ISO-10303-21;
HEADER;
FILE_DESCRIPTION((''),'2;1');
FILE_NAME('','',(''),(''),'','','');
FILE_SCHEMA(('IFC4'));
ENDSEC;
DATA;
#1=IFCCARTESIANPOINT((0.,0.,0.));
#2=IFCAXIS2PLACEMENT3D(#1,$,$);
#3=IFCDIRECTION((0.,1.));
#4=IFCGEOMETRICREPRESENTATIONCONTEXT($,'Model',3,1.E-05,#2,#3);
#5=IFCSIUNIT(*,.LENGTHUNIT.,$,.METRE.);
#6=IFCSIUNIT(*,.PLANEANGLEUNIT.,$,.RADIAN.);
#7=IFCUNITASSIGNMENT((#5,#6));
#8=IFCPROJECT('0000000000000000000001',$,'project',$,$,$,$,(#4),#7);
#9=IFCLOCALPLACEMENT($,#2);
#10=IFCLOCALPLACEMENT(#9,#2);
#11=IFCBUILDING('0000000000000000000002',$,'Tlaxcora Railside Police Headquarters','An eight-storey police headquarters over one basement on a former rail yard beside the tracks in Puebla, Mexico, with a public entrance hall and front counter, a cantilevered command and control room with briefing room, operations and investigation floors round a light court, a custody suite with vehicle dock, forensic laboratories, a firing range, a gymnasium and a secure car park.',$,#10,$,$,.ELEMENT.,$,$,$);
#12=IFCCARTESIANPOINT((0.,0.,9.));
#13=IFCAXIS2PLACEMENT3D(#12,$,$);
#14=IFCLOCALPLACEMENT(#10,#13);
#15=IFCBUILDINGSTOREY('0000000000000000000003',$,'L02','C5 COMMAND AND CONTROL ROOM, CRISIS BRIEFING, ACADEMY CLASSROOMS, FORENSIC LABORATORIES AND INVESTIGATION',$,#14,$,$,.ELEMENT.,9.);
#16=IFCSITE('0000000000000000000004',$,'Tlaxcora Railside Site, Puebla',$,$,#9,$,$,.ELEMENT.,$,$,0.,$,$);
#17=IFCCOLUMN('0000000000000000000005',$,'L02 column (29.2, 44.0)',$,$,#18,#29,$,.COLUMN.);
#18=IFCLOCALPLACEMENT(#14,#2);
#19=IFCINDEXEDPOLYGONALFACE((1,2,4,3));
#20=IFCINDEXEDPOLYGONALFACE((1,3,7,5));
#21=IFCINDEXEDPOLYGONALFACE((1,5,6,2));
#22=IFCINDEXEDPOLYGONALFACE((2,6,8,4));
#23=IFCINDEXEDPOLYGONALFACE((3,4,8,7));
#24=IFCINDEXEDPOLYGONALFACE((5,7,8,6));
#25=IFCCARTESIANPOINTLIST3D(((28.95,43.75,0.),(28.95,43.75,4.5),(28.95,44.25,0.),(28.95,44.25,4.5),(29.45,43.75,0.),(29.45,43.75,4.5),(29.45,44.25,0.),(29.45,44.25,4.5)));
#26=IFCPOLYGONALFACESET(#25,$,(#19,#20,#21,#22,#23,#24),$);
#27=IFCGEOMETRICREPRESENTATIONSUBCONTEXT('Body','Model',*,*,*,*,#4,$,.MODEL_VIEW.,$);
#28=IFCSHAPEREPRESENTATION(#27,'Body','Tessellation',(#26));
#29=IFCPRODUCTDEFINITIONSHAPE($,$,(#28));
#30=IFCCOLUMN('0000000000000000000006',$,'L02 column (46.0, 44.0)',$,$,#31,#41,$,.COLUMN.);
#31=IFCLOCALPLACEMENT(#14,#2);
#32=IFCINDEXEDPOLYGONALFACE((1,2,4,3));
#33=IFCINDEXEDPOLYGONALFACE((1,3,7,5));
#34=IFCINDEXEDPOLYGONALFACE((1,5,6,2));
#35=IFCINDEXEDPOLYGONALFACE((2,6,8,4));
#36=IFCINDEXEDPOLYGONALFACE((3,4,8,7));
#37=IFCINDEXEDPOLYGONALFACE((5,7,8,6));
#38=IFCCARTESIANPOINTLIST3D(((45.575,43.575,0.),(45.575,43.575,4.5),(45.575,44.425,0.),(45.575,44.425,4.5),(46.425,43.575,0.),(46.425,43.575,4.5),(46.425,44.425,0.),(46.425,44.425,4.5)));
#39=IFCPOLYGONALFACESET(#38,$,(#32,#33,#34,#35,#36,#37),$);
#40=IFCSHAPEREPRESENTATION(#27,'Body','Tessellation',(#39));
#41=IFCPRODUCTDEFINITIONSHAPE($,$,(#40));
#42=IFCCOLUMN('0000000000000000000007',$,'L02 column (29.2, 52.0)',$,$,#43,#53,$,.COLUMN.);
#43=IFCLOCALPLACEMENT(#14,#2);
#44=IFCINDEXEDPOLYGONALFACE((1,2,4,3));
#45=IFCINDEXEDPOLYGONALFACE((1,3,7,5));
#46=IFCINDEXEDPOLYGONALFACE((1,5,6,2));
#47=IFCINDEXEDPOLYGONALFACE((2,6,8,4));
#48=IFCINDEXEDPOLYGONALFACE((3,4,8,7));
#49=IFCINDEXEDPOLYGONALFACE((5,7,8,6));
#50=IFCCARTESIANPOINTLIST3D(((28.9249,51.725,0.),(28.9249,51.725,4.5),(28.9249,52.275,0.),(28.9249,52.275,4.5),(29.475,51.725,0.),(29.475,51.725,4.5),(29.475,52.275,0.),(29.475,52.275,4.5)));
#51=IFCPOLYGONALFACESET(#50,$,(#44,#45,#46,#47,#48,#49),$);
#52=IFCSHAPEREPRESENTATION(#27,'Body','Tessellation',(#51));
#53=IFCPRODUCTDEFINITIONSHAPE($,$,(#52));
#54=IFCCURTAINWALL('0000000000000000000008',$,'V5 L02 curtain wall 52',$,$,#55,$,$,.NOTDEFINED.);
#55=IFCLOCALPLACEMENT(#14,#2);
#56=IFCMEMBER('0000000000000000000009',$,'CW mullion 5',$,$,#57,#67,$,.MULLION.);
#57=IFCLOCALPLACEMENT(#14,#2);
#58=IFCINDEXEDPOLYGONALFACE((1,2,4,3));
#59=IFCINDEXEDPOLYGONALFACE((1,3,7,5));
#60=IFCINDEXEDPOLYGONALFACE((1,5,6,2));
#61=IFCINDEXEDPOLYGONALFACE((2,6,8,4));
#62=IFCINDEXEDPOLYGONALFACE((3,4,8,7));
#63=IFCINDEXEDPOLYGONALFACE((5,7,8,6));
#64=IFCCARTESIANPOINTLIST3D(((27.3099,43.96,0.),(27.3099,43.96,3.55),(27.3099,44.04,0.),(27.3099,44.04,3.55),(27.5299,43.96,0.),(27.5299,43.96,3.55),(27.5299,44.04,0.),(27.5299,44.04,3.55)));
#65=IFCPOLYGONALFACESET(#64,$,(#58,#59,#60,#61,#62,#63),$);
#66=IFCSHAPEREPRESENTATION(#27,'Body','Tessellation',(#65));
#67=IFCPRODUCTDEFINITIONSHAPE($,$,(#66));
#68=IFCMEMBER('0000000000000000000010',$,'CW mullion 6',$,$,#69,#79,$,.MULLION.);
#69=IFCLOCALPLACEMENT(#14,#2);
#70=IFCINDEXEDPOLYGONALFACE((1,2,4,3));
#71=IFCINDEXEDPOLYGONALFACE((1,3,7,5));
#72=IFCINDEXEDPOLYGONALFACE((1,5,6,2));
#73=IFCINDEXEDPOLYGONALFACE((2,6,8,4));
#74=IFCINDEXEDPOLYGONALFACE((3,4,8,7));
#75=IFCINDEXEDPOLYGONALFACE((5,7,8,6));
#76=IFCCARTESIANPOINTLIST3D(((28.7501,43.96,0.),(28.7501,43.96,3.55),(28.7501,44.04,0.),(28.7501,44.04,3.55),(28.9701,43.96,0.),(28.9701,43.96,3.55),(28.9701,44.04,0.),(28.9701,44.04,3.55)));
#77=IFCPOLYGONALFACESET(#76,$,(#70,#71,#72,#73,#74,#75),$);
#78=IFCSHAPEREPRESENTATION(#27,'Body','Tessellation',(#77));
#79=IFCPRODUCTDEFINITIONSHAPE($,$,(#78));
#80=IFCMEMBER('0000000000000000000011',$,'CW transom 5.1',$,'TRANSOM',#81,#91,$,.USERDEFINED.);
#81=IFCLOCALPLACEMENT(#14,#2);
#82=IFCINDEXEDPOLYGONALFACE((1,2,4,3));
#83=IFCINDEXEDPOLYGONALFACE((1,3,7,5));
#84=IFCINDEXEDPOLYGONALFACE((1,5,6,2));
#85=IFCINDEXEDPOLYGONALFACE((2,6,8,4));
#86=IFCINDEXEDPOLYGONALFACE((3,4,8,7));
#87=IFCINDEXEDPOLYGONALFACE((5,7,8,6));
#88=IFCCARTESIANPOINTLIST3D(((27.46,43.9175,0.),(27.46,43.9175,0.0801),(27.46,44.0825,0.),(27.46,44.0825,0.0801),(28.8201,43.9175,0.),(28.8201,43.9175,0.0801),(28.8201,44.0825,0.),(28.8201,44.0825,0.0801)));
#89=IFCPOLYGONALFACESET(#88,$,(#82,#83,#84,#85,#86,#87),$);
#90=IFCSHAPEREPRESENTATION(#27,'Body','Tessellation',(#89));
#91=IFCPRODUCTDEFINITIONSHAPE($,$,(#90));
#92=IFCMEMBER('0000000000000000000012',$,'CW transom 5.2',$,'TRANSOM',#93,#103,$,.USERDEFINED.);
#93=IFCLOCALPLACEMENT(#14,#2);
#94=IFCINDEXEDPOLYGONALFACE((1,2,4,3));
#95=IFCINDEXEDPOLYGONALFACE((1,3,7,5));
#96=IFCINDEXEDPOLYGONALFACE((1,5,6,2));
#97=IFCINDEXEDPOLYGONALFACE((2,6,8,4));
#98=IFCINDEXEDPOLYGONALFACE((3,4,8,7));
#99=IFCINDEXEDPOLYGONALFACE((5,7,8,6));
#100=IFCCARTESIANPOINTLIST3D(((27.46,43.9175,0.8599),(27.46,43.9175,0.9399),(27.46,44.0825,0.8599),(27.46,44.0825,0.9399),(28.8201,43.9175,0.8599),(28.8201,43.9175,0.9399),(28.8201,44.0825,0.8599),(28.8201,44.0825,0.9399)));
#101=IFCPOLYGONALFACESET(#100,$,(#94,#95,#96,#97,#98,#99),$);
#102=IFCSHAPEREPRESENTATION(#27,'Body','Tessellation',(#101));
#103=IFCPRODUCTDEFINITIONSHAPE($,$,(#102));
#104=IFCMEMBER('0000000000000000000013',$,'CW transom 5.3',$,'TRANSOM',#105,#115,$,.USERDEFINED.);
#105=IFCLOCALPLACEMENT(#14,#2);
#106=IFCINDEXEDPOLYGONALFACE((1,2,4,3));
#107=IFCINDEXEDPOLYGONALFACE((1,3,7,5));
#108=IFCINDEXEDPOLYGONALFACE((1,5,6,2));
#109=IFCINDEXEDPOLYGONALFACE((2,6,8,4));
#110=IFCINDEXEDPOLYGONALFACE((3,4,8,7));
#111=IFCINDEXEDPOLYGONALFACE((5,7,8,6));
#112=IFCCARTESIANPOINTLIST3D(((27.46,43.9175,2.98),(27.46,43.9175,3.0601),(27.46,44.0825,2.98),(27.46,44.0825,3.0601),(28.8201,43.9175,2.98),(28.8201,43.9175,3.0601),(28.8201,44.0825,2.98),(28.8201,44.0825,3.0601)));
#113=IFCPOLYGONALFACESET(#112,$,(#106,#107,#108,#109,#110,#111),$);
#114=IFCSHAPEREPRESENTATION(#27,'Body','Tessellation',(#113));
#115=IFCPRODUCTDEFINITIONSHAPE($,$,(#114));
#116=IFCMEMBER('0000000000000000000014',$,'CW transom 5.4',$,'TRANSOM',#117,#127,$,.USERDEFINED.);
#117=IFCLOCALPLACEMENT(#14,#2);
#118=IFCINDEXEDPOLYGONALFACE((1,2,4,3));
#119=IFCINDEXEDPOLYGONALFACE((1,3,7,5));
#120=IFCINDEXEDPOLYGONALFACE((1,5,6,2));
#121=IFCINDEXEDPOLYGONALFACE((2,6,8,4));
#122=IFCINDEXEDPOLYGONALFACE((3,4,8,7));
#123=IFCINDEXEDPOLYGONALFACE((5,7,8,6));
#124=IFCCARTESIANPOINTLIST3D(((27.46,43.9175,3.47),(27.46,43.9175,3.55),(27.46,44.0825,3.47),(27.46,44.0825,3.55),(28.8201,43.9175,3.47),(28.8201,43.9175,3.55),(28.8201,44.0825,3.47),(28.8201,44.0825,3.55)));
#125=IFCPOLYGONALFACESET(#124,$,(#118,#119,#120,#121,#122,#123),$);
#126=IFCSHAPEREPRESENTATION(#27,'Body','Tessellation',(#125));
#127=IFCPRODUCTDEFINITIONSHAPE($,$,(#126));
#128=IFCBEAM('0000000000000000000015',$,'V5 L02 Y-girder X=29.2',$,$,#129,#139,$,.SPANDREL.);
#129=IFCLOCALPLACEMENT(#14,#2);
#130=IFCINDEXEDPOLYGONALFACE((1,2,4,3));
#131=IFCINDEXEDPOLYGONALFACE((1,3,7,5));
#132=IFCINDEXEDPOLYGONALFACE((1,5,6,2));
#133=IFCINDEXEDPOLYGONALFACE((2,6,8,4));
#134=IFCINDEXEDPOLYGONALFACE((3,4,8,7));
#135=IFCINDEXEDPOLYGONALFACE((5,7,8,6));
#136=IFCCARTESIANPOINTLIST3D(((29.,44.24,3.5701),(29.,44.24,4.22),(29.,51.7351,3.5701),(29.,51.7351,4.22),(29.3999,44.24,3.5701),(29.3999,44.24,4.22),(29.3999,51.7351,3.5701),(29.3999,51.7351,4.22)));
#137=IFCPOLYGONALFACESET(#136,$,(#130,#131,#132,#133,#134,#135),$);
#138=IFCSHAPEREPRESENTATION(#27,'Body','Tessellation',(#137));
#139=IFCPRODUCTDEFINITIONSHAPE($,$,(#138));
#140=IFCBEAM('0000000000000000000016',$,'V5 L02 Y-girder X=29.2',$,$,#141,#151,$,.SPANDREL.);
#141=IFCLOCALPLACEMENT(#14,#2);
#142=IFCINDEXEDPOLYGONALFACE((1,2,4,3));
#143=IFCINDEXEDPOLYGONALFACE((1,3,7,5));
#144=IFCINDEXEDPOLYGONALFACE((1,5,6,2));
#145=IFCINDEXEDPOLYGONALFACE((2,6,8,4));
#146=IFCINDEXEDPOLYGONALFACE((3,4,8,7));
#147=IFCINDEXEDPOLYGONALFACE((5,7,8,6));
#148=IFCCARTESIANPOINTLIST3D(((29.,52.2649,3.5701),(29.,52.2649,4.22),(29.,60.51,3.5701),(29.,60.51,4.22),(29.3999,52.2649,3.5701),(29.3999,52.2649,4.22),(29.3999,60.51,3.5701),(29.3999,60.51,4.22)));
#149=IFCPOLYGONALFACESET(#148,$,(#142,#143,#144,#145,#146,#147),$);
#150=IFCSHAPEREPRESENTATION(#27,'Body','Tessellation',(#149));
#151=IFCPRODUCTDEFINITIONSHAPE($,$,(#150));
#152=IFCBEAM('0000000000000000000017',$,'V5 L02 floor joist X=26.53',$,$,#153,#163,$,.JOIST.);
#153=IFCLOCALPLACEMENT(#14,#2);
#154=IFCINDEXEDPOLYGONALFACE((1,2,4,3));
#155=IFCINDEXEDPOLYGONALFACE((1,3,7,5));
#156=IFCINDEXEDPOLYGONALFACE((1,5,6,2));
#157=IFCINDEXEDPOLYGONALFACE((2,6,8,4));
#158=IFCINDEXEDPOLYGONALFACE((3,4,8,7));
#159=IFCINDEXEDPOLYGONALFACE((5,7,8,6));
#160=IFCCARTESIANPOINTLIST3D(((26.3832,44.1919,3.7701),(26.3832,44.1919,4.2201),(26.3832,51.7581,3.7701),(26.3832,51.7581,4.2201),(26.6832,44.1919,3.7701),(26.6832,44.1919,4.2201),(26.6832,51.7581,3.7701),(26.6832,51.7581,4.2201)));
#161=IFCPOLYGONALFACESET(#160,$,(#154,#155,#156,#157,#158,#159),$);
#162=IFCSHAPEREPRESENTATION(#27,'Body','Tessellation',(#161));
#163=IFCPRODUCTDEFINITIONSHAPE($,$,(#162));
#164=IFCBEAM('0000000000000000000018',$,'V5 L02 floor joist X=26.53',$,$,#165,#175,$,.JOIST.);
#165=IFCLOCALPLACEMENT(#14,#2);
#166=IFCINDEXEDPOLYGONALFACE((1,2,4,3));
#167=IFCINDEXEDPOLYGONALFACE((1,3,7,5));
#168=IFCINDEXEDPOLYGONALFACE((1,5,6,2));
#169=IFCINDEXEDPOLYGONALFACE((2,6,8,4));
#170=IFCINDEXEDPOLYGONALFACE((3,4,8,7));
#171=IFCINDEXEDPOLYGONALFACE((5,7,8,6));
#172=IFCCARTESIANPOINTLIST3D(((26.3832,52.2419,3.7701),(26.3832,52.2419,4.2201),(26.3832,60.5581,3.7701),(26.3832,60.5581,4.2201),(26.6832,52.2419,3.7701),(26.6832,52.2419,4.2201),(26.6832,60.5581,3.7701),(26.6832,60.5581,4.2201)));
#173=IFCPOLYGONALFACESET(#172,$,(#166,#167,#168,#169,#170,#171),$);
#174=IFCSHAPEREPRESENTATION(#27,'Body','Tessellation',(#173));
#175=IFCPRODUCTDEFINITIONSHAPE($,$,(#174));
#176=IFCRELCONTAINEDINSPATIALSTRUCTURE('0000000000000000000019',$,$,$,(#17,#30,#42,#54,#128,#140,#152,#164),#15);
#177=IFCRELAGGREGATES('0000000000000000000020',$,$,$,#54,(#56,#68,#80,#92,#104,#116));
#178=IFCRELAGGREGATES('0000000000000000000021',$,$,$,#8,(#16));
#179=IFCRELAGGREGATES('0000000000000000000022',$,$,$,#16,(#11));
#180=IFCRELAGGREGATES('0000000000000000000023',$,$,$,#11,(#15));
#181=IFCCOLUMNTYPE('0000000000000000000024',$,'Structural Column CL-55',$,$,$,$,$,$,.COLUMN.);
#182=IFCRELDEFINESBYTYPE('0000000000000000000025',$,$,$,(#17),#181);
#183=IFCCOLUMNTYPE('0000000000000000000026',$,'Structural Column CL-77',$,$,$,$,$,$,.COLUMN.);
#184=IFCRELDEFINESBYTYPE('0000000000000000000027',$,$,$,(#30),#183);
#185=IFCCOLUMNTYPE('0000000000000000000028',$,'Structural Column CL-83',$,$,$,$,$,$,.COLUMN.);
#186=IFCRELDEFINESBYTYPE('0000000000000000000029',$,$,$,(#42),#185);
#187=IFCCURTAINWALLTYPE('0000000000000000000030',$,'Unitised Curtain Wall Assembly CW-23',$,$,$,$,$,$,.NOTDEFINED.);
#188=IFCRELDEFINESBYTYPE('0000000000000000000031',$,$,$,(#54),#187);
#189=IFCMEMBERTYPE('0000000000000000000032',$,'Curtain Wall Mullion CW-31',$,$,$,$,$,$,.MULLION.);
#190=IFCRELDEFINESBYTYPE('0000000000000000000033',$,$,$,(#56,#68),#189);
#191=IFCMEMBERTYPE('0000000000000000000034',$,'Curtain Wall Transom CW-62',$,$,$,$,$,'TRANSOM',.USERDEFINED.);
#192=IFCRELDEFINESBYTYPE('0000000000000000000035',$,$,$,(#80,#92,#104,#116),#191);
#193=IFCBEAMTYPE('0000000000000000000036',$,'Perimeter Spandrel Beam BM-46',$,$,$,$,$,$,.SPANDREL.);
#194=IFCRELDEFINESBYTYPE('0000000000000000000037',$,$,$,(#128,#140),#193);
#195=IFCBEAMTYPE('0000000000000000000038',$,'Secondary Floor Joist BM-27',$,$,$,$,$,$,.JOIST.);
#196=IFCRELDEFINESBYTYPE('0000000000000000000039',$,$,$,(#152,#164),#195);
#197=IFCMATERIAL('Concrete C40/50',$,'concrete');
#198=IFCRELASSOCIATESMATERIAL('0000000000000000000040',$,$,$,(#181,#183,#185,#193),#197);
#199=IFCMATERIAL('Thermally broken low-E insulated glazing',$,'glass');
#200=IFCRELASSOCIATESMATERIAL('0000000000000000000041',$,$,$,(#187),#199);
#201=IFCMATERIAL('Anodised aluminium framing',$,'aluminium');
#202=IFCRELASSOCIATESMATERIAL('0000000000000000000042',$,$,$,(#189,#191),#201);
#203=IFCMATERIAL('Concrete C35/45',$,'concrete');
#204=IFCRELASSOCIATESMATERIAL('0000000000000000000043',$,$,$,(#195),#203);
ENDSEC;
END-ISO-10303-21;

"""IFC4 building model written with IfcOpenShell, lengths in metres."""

from ifc_helpers import new_model, si_unit, direction, frame, origin, origin_2d, place, context, subcontext, project, spatial, rectangle, extrude, material, material_profile, profile_set, type_object, element, aggregate, save


model = new_model("IFC4")

# Units and contexts
model_context = context("Model", 3, precision=1e-05, world=origin(), true_north=direction((0.0, 1.0)))
body_context = subcontext(model_context, "Body", "Model", "MODEL_VIEW")
ifc_project = project(units=[si_unit("LENGTHUNIT", "METRE"), si_unit("PLANEANGLEUNIT", "RADIAN")], contexts=[model_context])

# Site, building, storey
site_placement = place(None, origin())
site = spatial("IfcSite", under=ifc_project, at=site_placement, Name="Tlaxcora Railside Site, Puebla", CompositionType="ELEMENT", RefElevation=0.0)
building_placement = place(site_placement, origin())
building = spatial("IfcBuilding", under=site, at=building_placement, Name="Tlaxcora Railside Police Headquarters", Description="An eight-storey police headquarters over one basement on a former rail yard beside the tracks in Puebla, Mexico, with a public entrance hall and front counter, a cantilevered command and control room with briefing room, operations and investigation floors round a light court, a custody suite with vehicle dock, forensic laboratories, a firing range, a gymnasium and a secure car park.", CompositionType="ELEMENT")
storey_placement = place(building_placement, frame((0.0, 0.0, 9.0)))
storey = spatial("IfcBuildingStorey", under=building, at=storey_placement, Name="L02", Description="C5 COMMAND AND CONTROL ROOM, CRISIS BRIEFING, ACADEMY CLASSROOMS, FORENSIC LABORATORIES AND INVESTIGATION", CompositionType="ELEMENT", Elevation=9.0)

# Columns
ifc_material_1 = material(Name="Concrete C40/50", Category="concrete")
ifc_material_profile_1 = material_profile(ifc_material_1, rectangle(XDim=0.5, YDim=0.5, at=origin_2d()), Name="RC500X500")
ifc_profile_set_1 = profile_set([ifc_material_profile_1], Name="Concrete C40/50")
column_type_1 = type_object("IfcColumnType", Name="Structural Column CL-55", PredefinedType="COLUMN", material=ifc_profile_set_1)
column_1_placement = place(storey_placement, frame((29.2, 44.0, 0.0), z_axis=(0.0, 0.0, 1.0), x_axis=(1.0, 0.0, 0.0)))
element("IfcColumn", 1, at=column_1_placement, inside=storey, type_object=column_type_1, Name="L02 column (29.2, 44.0)", PredefinedType="COLUMN", context=body_context, shape_type="SweptSolid", body=[
    extrude(rectangle(XDim=0.5, YDim=0.5, at=origin_2d()), origin(), (0.0, 0.0, 1.0), 4.5),
])
ifc_material_profile_2 = material_profile(ifc_material_1, rectangle(XDim=0.8501, YDim=0.8501, at=origin_2d()), Name="RC850X850")
ifc_profile_set_2 = profile_set([ifc_material_profile_2], Name="Concrete C40/50")
column_type_2 = type_object("IfcColumnType", Name="Structural Column CL-77", PredefinedType="COLUMN", material=ifc_profile_set_2)
column_2_placement = place(storey_placement, frame((46.0, 44.0, 0.0), z_axis=(0.0, 0.0, 1.0), x_axis=(1.0, 0.0, 0.0)))
element("IfcColumn", 2, at=column_2_placement, inside=storey, type_object=column_type_2, Name="L02 column (46.0, 44.0)", PredefinedType="COLUMN", context=body_context, shape_type="SweptSolid", body=[
    extrude(rectangle(XDim=0.8501, YDim=0.8501, at=origin_2d()), origin(), (0.0, 0.0, 1.0), 4.5),
])
ifc_material_profile_3 = material_profile(ifc_material_1, rectangle(XDim=0.55, YDim=0.55, at=origin_2d()), Name="RC550X550")
ifc_profile_set_3 = profile_set([ifc_material_profile_3], Name="Concrete C40/50")
column_type_3 = type_object("IfcColumnType", Name="Structural Column CL-83", PredefinedType="COLUMN", material=ifc_profile_set_3)
column_3_placement = place(storey_placement, frame((29.2, 52.0, 0.0), z_axis=(0.0, 0.0, 1.0), x_axis=(1.0, 0.0, 0.0)))
element("IfcColumn", 3, at=column_3_placement, inside=storey, type_object=column_type_3, Name="L02 column (29.2, 52.0)", PredefinedType="COLUMN", context=body_context, shape_type="SweptSolid", body=[
    extrude(rectangle(XDim=0.55, YDim=0.55, at=origin_2d()), origin(), (0.0, 0.0, 1.0), 4.5),
])

# Curtain wall, members
ifc_material_2 = material(Name="Thermally broken low-E insulated glazing", Category="glass")
curtain_wall_type = type_object("IfcCurtainWallType", Name="Unitised Curtain Wall Assembly CW-23", PredefinedType="NOTDEFINED", material=ifc_material_2)
curtain_wall_placement = place(storey_placement, origin())
curtain_wall = element("IfcCurtainWall", 4, at=curtain_wall_placement, inside=storey, type_object=curtain_wall_type, Name="V5 L02 curtain wall 52", PredefinedType="NOTDEFINED")
ifc_material_3 = material(Name="Anodised aluminium framing", Category="aluminium")
ifc_material_profile_4 = material_profile(ifc_material_3, rectangle(XDim=0.0801, YDim=0.22, at=origin_2d()), Name="AL80X220")
ifc_profile_set_4 = profile_set([ifc_material_profile_4], Name="Anodised aluminium framing")
member_type_1 = type_object("IfcMemberType", Name="Curtain Wall Mullion CW-31", PredefinedType="MULLION", material=ifc_profile_set_4)
member_1_placement = place(storey_placement, frame((27.4199, 44.0, 0.0), z_axis=(0.0, 0.0, 1.0), x_axis=(0.0, 1.0, 0.0)))
member_1 = element("IfcMember", 5, at=member_1_placement, type_object=member_type_1, Name="CW mullion 5", PredefinedType="MULLION", context=body_context, shape_type="SweptSolid", body=[
    extrude(rectangle(XDim=0.0801, YDim=0.22, at=origin_2d()), origin(), (0.0, 0.0, 1.0), 3.55),
])
member_2_placement = place(storey_placement, frame((28.8601, 44.0, 0.0), z_axis=(0.0, 0.0, 1.0), x_axis=(0.0, 1.0, 0.0)))
member_2 = element("IfcMember", 6, at=member_2_placement, type_object=member_type_1, Name="CW mullion 6", PredefinedType="MULLION", context=body_context, shape_type="SweptSolid", body=[
    extrude(rectangle(XDim=0.0801, YDim=0.22, at=origin_2d()), origin(), (0.0, 0.0, 1.0), 3.55),
])
ifc_material_profile_5 = material_profile(ifc_material_3, rectangle(XDim=0.165, YDim=0.0801, at=origin_2d()), Name="AL80X165")
ifc_profile_set_5 = profile_set([ifc_material_profile_5], Name="Anodised aluminium framing")
member_type_2 = type_object("IfcMemberType", Name="Curtain Wall Transom CW-62", ElementType="TRANSOM", PredefinedType="USERDEFINED", material=ifc_profile_set_5)
member_3_placement = place(storey_placement, frame((27.46, 44.0, 0.04), z_axis=(1.0, 0.0, 0.0), x_axis=(0.0, 1.0, 0.0)))
member_3 = element("IfcMember", 7, at=member_3_placement, type_object=member_type_2, Name="CW transom 5.1", ObjectType="TRANSOM", PredefinedType="USERDEFINED", context=body_context, shape_type="SweptSolid", body=[
    extrude(rectangle(XDim=0.165, YDim=0.0801, at=origin_2d()), origin(), (0.0, 0.0, 1.0), 1.3601),
])
member_4_placement = place(storey_placement, frame((27.46, 44.0, 0.8999), z_axis=(1.0, 0.0, 0.0), x_axis=(0.0, 1.0, 0.0)))
member_4 = element("IfcMember", 8, at=member_4_placement, type_object=member_type_2, Name="CW transom 5.2", ObjectType="TRANSOM", PredefinedType="USERDEFINED", context=body_context, shape_type="SweptSolid", body=[
    extrude(rectangle(XDim=0.165, YDim=0.0801, at=origin_2d()), origin(), (0.0, 0.0, 1.0), 1.3601),
])
member_5_placement = place(storey_placement, frame((27.46, 44.0, 3.02), z_axis=(1.0, 0.0, 0.0), x_axis=(0.0, 1.0, 0.0)))
member_5 = element("IfcMember", 9, at=member_5_placement, type_object=member_type_2, Name="CW transom 5.3", ObjectType="TRANSOM", PredefinedType="USERDEFINED", context=body_context, shape_type="SweptSolid", body=[
    extrude(rectangle(XDim=0.165, YDim=0.0801, at=origin_2d()), origin(), (0.0, 0.0, 1.0), 1.3601),
])
member_6_placement = place(storey_placement, frame((27.46, 44.0, 3.51), z_axis=(1.0, 0.0, 0.0), x_axis=(0.0, 1.0, 0.0)))
member_6 = element("IfcMember", 10, at=member_6_placement, type_object=member_type_2, Name="CW transom 5.4", ObjectType="TRANSOM", PredefinedType="USERDEFINED", context=body_context, shape_type="SweptSolid", body=[
    extrude(rectangle(XDim=0.165, YDim=0.0801, at=origin_2d()), origin(), (0.0, 0.0, 1.0), 1.3601),
])

# Beams
ifc_material_profile_6 = material_profile(ifc_material_1, rectangle(XDim=0.3999, YDim=0.6499, at=origin_2d()), Name="RC400X650")
ifc_profile_set_6 = profile_set([ifc_material_profile_6], Name="Concrete C40/50")
beam_type_1 = type_object("IfcBeamType", Name="Perimeter Spandrel Beam BM-46", PredefinedType="SPANDREL", material=ifc_profile_set_6)
beam_1_placement = place(storey_placement, frame((29.2, 44.24, 3.895), z_axis=(0.0, 1.0, 0.0), x_axis=(-1.0, 0.0, 0.0)))
element("IfcBeam", 11, at=beam_1_placement, inside=storey, type_object=beam_type_1, Name="V5 L02 Y-girder X=29.2", PredefinedType="SPANDREL", context=body_context, shape_type="SweptSolid", body=[
    extrude(rectangle(XDim=0.3999, YDim=0.6499, at=origin_2d()), origin(), (0.0, 0.0, 1.0), 7.4951),
])
beam_2_placement = place(storey_placement, frame((29.2, 52.2649, 3.895), z_axis=(0.0, 1.0, 0.0), x_axis=(-1.0, 0.0, 0.0)))
element("IfcBeam", 12, at=beam_2_placement, inside=storey, type_object=beam_type_1, Name="V5 L02 Y-girder X=29.2", PredefinedType="SPANDREL", context=body_context, shape_type="SweptSolid", body=[
    extrude(rectangle(XDim=0.3999, YDim=0.6499, at=origin_2d()), origin(), (0.0, 0.0, 1.0), 8.2451),
])
ifc_material_4 = material(Name="Concrete C35/45", Category="concrete")
ifc_material_profile_7 = material_profile(ifc_material_4, rectangle(XDim=0.3, YDim=0.45, at=origin_2d()), Name="RC300X450")
ifc_profile_set_7 = profile_set([ifc_material_profile_7], Name="Concrete C35/45")
beam_type_2 = type_object("IfcBeamType", Name="Secondary Floor Joist BM-27", PredefinedType="JOIST", material=ifc_profile_set_7)
beam_3_placement = place(storey_placement, frame((26.5332, 44.1919, 3.9951), z_axis=(0.0, 1.0, 0.0), x_axis=(-1.0, 0.0, 0.0)))
element("IfcBeam", 13, at=beam_3_placement, inside=storey, type_object=beam_type_2, Name="V5 L02 floor joist X=26.53", PredefinedType="JOIST", context=body_context, shape_type="SweptSolid", body=[
    extrude(rectangle(XDim=0.3, YDim=0.45, at=origin_2d()), origin(), (0.0, 0.0, 1.0), 7.5662),
])
beam_4_placement = place(storey_placement, frame((26.5332, 52.2419, 3.9951), z_axis=(0.0, 1.0, 0.0), x_axis=(-1.0, 0.0, 0.0)))
element("IfcBeam", 14, at=beam_4_placement, inside=storey, type_object=beam_type_2, Name="V5 L02 floor joist X=26.53", PredefinedType="JOIST", context=body_context, shape_type="SweptSolid", body=[
    extrude(rectangle(XDim=0.3, YDim=0.45, at=origin_2d()), origin(), (0.0, 0.0, 1.0), 8.3162),
])

aggregate(curtain_wall, [member_1, member_2, member_3, member_4, member_5, member_6])

save(model, "model.ifc")
